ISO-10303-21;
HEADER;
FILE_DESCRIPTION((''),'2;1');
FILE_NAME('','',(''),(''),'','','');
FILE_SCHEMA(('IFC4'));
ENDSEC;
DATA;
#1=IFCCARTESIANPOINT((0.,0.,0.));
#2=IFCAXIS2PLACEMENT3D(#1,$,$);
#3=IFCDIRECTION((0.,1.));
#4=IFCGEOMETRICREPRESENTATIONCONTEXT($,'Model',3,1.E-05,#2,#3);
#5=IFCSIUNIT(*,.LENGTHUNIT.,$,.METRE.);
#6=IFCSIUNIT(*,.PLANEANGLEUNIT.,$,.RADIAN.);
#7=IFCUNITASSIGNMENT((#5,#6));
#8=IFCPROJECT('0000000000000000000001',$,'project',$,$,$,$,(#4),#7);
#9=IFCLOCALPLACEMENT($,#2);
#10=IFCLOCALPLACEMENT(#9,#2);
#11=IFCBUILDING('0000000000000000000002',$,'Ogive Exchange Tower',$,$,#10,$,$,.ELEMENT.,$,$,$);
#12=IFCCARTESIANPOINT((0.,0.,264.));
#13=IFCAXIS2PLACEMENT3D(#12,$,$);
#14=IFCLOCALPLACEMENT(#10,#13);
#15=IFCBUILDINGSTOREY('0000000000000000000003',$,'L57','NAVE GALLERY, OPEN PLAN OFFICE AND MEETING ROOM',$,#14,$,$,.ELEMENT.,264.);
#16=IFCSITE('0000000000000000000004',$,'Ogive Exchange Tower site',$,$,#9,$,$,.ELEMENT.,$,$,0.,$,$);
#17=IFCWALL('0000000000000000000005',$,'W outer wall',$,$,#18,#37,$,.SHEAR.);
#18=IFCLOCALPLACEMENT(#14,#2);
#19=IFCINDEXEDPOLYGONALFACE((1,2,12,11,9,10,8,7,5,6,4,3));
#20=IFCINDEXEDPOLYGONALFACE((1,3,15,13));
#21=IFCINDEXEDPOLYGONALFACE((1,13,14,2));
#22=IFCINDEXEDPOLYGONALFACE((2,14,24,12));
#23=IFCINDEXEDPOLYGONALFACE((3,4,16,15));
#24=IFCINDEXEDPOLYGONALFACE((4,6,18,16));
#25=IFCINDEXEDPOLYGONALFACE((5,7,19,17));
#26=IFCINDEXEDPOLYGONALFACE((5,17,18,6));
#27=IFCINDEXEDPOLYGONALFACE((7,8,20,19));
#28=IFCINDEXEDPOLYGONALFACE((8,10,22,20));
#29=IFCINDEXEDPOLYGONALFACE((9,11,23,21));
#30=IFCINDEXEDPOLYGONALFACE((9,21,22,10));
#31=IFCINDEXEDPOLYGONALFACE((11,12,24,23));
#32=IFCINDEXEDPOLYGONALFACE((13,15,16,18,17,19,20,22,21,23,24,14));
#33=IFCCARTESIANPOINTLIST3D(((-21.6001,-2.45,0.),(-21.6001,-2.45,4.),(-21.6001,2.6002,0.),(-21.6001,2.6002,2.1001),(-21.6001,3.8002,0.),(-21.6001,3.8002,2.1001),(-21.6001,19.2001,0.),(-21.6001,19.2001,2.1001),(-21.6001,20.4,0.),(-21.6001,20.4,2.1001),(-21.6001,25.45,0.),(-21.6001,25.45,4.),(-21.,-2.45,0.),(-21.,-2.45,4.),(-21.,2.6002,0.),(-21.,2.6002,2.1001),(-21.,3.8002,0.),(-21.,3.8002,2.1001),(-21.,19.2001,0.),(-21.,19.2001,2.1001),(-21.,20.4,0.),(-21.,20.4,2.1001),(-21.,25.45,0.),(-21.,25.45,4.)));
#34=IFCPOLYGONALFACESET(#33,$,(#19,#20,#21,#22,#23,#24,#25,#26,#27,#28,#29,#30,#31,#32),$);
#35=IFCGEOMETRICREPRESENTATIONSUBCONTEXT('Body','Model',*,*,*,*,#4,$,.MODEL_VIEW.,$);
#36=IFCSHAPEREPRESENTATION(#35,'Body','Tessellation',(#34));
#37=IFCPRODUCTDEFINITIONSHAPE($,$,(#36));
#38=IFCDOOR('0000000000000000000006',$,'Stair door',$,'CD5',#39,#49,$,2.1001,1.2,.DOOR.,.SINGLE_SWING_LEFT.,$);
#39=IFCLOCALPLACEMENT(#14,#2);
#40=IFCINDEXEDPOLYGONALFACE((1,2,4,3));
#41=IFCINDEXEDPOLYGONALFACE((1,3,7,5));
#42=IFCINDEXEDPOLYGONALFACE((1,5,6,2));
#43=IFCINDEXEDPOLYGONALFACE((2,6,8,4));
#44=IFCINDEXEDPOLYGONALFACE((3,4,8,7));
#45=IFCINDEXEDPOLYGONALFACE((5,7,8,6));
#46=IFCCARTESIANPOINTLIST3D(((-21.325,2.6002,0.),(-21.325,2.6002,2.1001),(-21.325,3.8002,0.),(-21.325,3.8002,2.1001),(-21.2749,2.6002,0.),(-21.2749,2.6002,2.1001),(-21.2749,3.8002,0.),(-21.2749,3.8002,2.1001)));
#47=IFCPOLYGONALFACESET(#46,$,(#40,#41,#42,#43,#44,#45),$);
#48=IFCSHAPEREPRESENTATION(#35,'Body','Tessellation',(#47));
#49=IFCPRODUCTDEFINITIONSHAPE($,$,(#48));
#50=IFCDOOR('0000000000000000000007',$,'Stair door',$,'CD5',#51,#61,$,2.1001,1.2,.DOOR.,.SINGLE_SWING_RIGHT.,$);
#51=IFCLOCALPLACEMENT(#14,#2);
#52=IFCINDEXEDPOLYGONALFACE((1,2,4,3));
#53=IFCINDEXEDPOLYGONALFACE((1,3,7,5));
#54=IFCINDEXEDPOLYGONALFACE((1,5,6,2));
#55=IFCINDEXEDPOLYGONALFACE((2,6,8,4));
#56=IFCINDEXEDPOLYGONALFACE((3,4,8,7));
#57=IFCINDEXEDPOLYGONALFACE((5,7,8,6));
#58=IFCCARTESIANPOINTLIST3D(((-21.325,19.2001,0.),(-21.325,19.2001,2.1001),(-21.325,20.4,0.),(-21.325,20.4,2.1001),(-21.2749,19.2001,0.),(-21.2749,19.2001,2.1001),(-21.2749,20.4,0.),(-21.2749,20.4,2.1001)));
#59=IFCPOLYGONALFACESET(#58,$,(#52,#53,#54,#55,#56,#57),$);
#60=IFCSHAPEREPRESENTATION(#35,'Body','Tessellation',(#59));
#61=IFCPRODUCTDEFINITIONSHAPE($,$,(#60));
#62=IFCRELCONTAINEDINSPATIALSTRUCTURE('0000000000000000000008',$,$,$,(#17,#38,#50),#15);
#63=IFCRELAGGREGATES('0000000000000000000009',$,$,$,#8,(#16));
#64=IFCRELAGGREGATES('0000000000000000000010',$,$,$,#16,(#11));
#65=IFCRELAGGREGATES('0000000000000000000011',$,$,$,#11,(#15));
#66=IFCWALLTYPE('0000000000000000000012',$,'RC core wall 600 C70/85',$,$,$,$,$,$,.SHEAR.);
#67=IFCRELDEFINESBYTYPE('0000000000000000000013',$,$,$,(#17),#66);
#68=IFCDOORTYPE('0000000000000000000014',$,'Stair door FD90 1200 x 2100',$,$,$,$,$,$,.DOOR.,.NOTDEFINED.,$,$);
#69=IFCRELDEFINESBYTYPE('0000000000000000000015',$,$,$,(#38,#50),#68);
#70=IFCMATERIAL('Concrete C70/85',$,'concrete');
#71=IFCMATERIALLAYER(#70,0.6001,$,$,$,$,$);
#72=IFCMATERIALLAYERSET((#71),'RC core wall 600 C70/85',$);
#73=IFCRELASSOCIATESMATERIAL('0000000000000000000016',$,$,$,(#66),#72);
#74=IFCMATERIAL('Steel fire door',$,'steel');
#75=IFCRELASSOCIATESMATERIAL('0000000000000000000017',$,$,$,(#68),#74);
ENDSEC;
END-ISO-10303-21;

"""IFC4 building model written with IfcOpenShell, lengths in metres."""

from ifc_helpers import new_model, si_unit, direction, frame, frame_2d, origin, place, context, subcontext, project, spatial, rectangle, extrude, material, layer, layer_set, type_object, element, fill, save


model = new_model("IFC4")

# Units and contexts
model_context = context("Model", 3, precision=1e-05, world=origin(), true_north=direction((0.0, 1.0)))
body_context = subcontext(model_context, "Body", "Model", "MODEL_VIEW")
ifc_project = project(units=[si_unit("LENGTHUNIT", "METRE"), si_unit("PLANEANGLEUNIT", "RADIAN")], contexts=[model_context])

# Site, building, storey
site_placement = place(None, origin())
site = spatial("IfcSite", under=ifc_project, at=site_placement, Name="Ogive Exchange Tower site", CompositionType="ELEMENT", RefElevation=0.0)
building_placement = place(site_placement, origin())
building = spatial("IfcBuilding", under=site, at=building_placement, Name="Ogive Exchange Tower", CompositionType="ELEMENT")
storey_placement = place(building_placement, frame((0.0, 0.0, 264.0)))
storey = spatial("IfcBuildingStorey", under=building, at=storey_placement, Name="L57", Description="NAVE GALLERY, OPEN PLAN OFFICE AND MEETING ROOM", CompositionType="ELEMENT", Elevation=264.0)

# Shared definitions
ifc_material_1 = material(Name="Concrete C70/85", Category="concrete")

# Wall, openings, doors
ifc_layer_1 = layer(ifc_material_1, 0.6001)
ifc_layer_set_1 = layer_set([ifc_layer_1], Name="RC core wall 600 C70/85")
wall_type_1 = type_object("IfcWallType", Name="RC core wall 600 C70/85", PredefinedType="SHEAR", material=ifc_layer_set_1)
wall_1_placement = place(storey_placement, frame((-21.3, -2.45, 0.0), z_axis=(0.0, 0.0, 1.0), x_axis=(0.0, 1.0, 0.0)))
wall_1 = element("IfcWall", 1, at=wall_1_placement, inside=storey, type_object=wall_type_1, Name="W outer wall", PredefinedType="SHEAR", context=body_context, shape_type="SweptSolid", body=[
    extrude(rectangle(XDim=27.8999, YDim=0.6001, at=frame_2d((13.95, 0.0))), origin(), (0.0, 0.0, 1.0), 4.0),
])
opening_1_placement = place(wall_1_placement, frame((5.05, 0.0, 0.0)))
opening_1 = element("IfcOpeningElement", 2, at=opening_1_placement, cuts=wall_1, PredefinedType="OPENING", context=body_context, shape_type="SweptSolid", body=[
    extrude(rectangle(XDim=1.2, YDim=2.1001, at=frame_2d((0.6001, 1.05))), frame((0.0, 0.3101, 0.0), z_axis=(0.0, -1.0, 0.0), x_axis=(1.0, 0.0, 0.0)), (0.0, 0.0, 1.0), 0.6201),
])
opening_2_placement = place(wall_1_placement, frame((21.6499, 0.0, 0.0)))
opening_2 = element("IfcOpeningElement", 3, at=opening_2_placement, cuts=wall_1, PredefinedType="OPENING", context=body_context, shape_type="SweptSolid", body=[
    extrude(rectangle(XDim=1.2, YDim=2.1001, at=frame_2d((0.6001, 1.05))), frame((0.0, 0.3101, 0.0), z_axis=(0.0, -1.0, 0.0), x_axis=(1.0, 0.0, 0.0)), (0.0, 0.0, 1.0), 0.6201),
])
ifc_material_2 = material(Name="Steel fire door", Category="steel")
door_type_1 = type_object("IfcDoorType", Name="Stair door FD90 1200 x 2100", OperationType="NOTDEFINED", PredefinedType="DOOR", material=ifc_material_2)
door_1_placement = place(opening_1_placement, origin())
door_1 = element("IfcDoor", 4, at=door_1_placement, inside=storey, type_object=door_type_1, Name="Stair door", ObjectType="CD5", OperationType="SINGLE_SWING_LEFT", OverallHeight=2.1001, OverallWidth=1.2, PredefinedType="DOOR", context=body_context, shape_type="SweptSolid", body=[
    extrude(rectangle(XDim=1.2, YDim=2.1001, at=frame_2d((0.6001, 1.05))), frame((0.0, 0.0249, 0.0), z_axis=(0.0, -1.0, 0.0), x_axis=(1.0, 0.0, 0.0)), (0.0, 0.0, 1.0), 0.05),
])
fill(opening_1, door_1)
door_2_placement = place(opening_2_placement, origin())
door_2 = element("IfcDoor", 5, at=door_2_placement, inside=storey, type_object=door_type_1, Name="Stair door", ObjectType="CD5", OperationType="SINGLE_SWING_RIGHT", OverallHeight=2.1001, OverallWidth=1.2, PredefinedType="DOOR", context=body_context, shape_type="SweptSolid", body=[
    extrude(rectangle(XDim=1.2, YDim=2.1001, at=frame_2d((0.6001, 1.05))), frame((0.0, 0.0249, 0.0), z_axis=(0.0, -1.0, 0.0), x_axis=(1.0, 0.0, 0.0)), (0.0, 0.0, 1.0), 0.05),
])
fill(opening_2, door_2)

save(model, "model.ifc")
